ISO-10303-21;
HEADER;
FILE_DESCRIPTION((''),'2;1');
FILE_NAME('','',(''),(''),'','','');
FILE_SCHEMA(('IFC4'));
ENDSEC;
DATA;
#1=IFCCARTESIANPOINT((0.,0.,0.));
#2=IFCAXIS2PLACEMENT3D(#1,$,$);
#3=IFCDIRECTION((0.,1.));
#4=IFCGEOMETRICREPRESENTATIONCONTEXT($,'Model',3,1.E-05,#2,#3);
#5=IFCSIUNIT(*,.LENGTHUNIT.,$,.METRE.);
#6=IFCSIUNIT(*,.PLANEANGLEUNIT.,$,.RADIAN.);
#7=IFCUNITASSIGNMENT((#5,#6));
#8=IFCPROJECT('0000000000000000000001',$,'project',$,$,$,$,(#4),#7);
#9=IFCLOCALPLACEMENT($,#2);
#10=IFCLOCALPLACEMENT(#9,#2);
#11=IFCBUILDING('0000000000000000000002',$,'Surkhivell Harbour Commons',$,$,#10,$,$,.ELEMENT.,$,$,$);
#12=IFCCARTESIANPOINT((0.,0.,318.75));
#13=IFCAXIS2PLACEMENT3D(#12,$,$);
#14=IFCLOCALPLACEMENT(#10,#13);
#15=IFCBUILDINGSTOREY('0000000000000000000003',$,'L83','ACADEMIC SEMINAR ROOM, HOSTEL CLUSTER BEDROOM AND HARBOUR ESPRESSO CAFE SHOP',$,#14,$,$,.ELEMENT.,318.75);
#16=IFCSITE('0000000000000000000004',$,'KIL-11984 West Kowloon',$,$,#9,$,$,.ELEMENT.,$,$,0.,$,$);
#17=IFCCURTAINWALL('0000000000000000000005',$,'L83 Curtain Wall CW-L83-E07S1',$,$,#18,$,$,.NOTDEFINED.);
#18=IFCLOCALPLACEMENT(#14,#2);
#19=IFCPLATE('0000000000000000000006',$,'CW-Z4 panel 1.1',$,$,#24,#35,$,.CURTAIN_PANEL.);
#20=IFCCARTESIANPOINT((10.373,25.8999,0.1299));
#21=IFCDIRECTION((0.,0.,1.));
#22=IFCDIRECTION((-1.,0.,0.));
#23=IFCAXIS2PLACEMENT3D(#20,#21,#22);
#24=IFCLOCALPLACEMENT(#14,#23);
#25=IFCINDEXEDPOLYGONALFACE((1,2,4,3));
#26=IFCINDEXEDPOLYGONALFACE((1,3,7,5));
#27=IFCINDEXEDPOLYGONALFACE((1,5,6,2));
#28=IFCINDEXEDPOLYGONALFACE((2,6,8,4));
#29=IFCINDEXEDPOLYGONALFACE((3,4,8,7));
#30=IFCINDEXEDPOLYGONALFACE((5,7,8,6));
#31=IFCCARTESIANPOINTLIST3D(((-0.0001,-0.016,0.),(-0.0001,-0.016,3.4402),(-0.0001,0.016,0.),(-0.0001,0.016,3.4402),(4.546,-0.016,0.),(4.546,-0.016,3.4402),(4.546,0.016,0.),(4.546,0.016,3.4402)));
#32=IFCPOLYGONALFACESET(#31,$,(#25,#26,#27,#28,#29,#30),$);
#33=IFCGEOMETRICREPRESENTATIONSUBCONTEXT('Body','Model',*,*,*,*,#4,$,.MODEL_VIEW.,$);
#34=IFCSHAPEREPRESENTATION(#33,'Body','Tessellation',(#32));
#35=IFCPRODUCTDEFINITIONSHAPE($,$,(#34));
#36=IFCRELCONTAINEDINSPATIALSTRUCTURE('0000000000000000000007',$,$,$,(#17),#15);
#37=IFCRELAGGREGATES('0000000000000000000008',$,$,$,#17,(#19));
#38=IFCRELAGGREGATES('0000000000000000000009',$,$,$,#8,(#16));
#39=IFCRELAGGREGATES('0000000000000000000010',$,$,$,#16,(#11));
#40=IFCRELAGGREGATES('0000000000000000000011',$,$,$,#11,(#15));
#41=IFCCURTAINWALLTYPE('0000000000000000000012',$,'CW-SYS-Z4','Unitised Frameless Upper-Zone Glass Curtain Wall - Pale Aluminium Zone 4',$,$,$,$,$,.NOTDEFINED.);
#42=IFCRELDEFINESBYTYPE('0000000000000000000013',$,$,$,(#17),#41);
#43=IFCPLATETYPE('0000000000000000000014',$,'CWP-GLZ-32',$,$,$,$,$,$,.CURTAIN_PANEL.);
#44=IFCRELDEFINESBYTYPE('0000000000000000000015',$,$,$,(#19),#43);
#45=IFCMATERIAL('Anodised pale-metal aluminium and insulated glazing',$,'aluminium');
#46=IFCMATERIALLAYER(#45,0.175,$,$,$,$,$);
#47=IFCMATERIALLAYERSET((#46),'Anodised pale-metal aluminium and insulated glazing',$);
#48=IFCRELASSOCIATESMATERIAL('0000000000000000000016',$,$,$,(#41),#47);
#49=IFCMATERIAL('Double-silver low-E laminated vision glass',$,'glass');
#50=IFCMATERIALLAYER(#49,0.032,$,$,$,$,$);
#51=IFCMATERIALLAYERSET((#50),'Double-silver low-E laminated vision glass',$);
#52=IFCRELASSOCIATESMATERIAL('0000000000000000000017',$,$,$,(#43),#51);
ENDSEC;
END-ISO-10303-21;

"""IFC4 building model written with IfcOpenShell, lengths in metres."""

from ifc_helpers import new_model, si_unit, direction, frame, frame_2d, origin, place, context, subcontext, project, spatial, rectangle, extrude, material, layer, layer_set, type_object, element, aggregate, save


model = new_model("IFC4")

# Units and contexts
model_context = context("Model", 3, precision=1e-05, world=origin(), true_north=direction((0.0, 1.0)))
body_context = subcontext(model_context, "Body", "Model", "MODEL_VIEW")
ifc_project = project(units=[si_unit("LENGTHUNIT", "METRE"), si_unit("PLANEANGLEUNIT", "RADIAN")], contexts=[model_context])

# Site, building, storey
site_placement = place(None, origin())
site = spatial("IfcSite", under=ifc_project, at=site_placement, Name="KIL-11984 West Kowloon", CompositionType="ELEMENT", RefElevation=0.0)
building_placement = place(site_placement, origin())
building = spatial("IfcBuilding", under=site, at=building_placement, Name="Surkhivell Harbour Commons", CompositionType="ELEMENT")
storey_placement = place(building_placement, frame((0.0, 0.0, 318.75)))
storey = spatial("IfcBuildingStorey", under=building, at=storey_placement, Name="L83", Description="ACADEMIC SEMINAR ROOM, HOSTEL CLUSTER BEDROOM AND HARBOUR ESPRESSO CAFE SHOP", CompositionType="ELEMENT", Elevation=318.75)

# Curtain wall
ifc_material_1 = material(Name="Anodised pale-metal aluminium and insulated glazing", Category="aluminium")
ifc_layer_1 = layer(ifc_material_1, 0.175)
ifc_layer_set_1 = layer_set([ifc_layer_1], Name="Anodised pale-metal aluminium and insulated glazing")
curtain_wall_type = type_object("IfcCurtainWallType", Name="CW-SYS-Z4", Description="Unitised Frameless Upper-Zone Glass Curtain Wall - Pale Aluminium Zone 4", PredefinedType="NOTDEFINED", material=ifc_layer_set_1)
curtain_wall_1_placement = place(storey_placement, origin())
curtain_wall_1 = element("IfcCurtainWall", 1, at=curtain_wall_1_placement, inside=storey, type_object=curtain_wall_type, Name="L83 Curtain Wall CW-L83-E07S1", PredefinedType="NOTDEFINED")

# Plate
ifc_material_2 = material(Name="Double-silver low-E laminated vision glass", Category="glass")
ifc_layer_2 = layer(ifc_material_2, 0.032)
ifc_layer_set_2 = layer_set([ifc_layer_2], Name="Double-silver low-E laminated vision glass")
plate_type = type_object("IfcPlateType", Name="CWP-GLZ-32", PredefinedType="CURTAIN_PANEL", material=ifc_layer_set_2)
plate_1_placement = place(storey_placement, frame((10.373, 25.8999, 0.1299), z_axis=(0.0, 0.0, 1.0), x_axis=(-1.0, 0.0, 0.0)))
plate_1 = element("IfcPlate", 2, at=plate_1_placement, type_object=plate_type, Name="CW-Z4 panel 1.1", PredefinedType="CURTAIN_PANEL", context=body_context, shape_type="SweptSolid", body=[
    extrude(rectangle(XDim=4.5461, YDim=0.032, at=frame_2d((2.2729, 0.0))), origin(), (0.0, 0.0, 1.0), 3.4402),
])
aggregate(curtain_wall_1, [plate_1])

save(model, "model.ifc")
